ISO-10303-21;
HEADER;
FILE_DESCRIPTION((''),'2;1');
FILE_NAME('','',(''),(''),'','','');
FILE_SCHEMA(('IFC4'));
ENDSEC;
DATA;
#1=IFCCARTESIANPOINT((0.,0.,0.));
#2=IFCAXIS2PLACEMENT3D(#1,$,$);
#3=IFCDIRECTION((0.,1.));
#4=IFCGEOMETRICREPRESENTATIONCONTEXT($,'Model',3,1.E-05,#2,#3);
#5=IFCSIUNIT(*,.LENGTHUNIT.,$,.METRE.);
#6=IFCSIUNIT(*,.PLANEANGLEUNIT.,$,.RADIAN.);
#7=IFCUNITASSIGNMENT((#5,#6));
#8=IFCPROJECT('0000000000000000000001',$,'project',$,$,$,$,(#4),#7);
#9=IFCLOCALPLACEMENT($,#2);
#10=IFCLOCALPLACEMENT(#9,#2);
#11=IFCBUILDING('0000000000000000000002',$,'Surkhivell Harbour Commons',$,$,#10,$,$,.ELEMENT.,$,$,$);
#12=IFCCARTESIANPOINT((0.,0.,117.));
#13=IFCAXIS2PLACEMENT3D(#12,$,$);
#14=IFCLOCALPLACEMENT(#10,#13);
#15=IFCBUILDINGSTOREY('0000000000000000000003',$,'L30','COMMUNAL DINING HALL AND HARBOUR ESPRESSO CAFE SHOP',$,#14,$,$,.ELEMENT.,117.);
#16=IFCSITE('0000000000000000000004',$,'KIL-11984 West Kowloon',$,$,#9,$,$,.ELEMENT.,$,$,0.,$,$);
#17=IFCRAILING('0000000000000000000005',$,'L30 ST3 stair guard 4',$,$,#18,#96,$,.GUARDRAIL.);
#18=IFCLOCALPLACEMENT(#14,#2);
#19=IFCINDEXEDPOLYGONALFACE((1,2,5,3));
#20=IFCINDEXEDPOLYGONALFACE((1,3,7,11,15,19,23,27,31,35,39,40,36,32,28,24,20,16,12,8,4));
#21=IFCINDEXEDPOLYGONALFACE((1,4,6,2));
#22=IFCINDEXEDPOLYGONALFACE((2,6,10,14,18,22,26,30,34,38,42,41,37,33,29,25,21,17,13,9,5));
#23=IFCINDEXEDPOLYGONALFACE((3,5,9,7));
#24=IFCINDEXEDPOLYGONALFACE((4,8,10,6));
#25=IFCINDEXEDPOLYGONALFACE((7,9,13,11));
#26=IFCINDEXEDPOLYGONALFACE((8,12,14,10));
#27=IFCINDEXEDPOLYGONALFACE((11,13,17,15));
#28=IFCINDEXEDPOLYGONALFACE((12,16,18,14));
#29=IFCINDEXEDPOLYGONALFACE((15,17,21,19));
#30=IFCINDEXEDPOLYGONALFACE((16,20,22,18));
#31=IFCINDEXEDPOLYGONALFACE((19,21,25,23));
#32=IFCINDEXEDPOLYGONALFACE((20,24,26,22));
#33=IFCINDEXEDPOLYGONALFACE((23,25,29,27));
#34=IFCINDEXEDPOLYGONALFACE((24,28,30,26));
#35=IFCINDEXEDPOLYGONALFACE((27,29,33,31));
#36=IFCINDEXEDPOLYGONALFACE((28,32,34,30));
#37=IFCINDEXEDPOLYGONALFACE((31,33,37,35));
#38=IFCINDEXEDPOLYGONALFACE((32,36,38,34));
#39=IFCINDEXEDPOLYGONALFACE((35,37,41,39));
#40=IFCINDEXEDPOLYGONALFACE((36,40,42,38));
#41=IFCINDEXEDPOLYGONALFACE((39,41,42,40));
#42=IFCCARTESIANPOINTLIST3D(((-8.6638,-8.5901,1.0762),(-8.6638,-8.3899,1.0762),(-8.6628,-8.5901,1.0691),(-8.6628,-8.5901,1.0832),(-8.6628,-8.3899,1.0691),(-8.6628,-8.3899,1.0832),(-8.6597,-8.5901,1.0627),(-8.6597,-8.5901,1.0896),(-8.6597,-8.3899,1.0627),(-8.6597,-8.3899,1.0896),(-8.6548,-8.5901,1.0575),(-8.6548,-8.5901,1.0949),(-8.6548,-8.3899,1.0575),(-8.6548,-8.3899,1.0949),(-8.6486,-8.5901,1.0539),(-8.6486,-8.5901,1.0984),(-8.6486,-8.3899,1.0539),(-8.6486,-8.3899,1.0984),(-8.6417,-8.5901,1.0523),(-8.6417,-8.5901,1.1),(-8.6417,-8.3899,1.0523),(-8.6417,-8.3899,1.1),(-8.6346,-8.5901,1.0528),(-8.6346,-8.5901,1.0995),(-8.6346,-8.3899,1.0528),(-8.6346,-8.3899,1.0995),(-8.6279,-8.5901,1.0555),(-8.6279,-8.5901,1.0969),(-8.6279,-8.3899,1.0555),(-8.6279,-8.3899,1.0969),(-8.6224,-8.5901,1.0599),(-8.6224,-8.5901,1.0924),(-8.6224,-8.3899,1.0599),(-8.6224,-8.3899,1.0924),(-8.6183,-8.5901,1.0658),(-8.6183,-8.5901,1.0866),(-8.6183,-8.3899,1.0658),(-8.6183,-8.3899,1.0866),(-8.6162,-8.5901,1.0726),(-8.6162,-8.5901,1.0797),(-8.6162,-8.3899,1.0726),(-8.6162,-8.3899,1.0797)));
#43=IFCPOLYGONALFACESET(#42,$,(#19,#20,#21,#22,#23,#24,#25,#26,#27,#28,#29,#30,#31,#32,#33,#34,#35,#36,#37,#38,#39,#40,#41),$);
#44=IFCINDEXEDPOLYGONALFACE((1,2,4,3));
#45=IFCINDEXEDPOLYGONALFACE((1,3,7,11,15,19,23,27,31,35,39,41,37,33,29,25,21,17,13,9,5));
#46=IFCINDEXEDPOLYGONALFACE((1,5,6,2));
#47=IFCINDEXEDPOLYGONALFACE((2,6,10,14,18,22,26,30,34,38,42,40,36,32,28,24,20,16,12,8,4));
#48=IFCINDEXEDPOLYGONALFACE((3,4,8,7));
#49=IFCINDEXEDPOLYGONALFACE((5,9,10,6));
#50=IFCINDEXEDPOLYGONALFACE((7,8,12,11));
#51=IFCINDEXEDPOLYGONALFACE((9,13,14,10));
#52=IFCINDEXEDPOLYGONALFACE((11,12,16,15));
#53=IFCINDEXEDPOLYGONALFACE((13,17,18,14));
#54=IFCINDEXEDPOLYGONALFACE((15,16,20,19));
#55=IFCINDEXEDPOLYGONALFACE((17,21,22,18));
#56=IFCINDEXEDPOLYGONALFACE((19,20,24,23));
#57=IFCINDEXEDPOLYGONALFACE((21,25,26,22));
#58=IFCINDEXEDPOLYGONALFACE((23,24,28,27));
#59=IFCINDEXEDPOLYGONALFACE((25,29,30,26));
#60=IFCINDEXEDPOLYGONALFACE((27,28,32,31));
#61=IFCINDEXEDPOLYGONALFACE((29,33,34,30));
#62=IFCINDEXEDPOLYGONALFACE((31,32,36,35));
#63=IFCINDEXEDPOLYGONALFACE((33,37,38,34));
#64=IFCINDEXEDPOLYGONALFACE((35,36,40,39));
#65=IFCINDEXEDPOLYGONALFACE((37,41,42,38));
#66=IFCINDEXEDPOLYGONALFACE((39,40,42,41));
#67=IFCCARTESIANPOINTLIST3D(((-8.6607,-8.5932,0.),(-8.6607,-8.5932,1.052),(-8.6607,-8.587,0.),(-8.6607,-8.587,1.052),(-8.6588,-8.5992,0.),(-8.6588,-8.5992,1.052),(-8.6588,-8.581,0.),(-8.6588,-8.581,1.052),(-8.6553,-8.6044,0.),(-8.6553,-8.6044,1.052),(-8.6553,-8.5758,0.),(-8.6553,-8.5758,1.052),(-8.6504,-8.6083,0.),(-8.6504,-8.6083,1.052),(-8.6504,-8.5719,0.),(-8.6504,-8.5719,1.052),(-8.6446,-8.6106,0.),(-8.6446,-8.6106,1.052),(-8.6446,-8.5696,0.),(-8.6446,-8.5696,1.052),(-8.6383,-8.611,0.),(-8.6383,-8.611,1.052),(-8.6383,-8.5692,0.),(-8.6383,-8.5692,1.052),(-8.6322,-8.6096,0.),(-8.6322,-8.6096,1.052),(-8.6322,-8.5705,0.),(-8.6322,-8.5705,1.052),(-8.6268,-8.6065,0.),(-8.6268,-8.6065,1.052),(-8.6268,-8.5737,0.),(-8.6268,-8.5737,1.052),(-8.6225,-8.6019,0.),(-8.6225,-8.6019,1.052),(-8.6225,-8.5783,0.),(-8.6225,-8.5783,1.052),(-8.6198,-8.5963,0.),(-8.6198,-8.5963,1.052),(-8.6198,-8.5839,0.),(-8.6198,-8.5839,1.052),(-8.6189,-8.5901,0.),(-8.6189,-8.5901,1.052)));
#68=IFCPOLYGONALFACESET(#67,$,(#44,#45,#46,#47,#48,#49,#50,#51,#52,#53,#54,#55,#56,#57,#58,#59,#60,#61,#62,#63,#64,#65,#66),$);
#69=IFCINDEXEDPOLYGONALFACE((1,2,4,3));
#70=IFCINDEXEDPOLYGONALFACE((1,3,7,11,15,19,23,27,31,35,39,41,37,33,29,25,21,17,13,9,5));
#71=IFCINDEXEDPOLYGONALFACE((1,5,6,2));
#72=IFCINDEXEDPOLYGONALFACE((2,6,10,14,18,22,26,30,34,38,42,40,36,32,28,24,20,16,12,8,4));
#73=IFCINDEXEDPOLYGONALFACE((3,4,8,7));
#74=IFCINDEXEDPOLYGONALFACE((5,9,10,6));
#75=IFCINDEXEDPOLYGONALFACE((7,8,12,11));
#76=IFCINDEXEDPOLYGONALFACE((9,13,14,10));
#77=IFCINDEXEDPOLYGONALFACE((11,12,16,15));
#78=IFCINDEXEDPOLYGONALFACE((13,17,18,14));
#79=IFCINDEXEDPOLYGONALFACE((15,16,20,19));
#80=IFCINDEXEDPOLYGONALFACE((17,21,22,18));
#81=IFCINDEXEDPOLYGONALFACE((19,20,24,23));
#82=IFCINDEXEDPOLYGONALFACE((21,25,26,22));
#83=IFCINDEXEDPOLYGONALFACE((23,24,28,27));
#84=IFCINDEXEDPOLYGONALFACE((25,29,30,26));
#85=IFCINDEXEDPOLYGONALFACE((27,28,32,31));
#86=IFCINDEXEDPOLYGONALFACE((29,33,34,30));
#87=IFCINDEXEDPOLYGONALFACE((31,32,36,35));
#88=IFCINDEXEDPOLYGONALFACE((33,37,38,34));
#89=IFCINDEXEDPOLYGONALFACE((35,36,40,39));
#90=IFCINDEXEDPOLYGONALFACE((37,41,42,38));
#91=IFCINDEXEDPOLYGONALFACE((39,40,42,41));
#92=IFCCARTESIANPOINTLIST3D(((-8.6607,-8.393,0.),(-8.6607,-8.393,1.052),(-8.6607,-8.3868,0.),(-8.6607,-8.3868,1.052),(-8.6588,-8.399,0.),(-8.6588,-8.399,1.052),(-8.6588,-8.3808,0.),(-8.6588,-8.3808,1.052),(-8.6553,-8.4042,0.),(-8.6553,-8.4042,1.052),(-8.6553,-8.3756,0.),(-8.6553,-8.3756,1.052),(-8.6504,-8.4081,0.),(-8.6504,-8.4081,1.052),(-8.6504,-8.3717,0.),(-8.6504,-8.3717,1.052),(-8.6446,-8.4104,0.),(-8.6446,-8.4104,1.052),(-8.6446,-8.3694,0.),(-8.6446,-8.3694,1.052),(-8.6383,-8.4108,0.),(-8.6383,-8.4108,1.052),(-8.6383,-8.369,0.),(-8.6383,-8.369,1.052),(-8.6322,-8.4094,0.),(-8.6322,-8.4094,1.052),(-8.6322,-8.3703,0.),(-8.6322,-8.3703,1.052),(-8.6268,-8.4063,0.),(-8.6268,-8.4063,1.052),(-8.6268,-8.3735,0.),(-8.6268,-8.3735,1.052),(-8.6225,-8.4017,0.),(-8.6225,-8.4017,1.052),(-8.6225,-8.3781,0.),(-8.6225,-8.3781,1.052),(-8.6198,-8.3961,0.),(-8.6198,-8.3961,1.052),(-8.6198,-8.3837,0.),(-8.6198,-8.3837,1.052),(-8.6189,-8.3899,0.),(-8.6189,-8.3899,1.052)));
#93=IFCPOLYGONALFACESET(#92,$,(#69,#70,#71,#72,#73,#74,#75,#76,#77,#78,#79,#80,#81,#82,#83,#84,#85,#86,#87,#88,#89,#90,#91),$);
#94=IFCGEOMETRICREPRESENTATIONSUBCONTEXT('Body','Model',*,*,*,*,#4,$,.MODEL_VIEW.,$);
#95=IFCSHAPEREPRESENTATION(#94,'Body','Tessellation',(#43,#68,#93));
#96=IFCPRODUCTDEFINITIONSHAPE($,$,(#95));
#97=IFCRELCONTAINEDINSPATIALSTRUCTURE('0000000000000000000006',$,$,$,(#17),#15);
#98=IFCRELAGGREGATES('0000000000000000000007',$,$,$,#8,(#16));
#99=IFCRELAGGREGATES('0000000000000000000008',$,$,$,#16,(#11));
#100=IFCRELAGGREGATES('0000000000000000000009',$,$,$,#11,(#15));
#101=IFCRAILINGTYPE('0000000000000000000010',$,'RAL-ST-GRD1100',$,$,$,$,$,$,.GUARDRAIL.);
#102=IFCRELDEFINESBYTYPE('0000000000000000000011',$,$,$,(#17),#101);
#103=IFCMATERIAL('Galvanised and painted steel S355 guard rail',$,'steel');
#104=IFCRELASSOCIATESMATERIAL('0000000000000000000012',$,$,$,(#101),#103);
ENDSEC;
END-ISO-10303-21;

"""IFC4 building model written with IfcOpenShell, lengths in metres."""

from ifc_helpers import new_model, si_unit, direction, frame, origin, origin_2d, place, context, subcontext, project, spatial, circle, extrude, material, type_object, element, save


model = new_model("IFC4")

# Units and contexts
model_context = context("Model", 3, precision=1e-05, world=origin(), true_north=direction((0.0, 1.0)))
body_context = subcontext(model_context, "Body", "Model", "MODEL_VIEW")
ifc_project = project(units=[si_unit("LENGTHUNIT", "METRE"), si_unit("PLANEANGLEUNIT", "RADIAN")], contexts=[model_context])

# Site, building, storey
site_placement = place(None, origin())
site = spatial("IfcSite", under=ifc_project, at=site_placement, Name="KIL-11984 West Kowloon", CompositionType="ELEMENT", RefElevation=0.0)
building_placement = place(site_placement, origin())
building = spatial("IfcBuilding", under=site, at=building_placement, Name="Surkhivell Harbour Commons", CompositionType="ELEMENT")
storey_placement = place(building_placement, frame((0.0, 0.0, 117.0)))
storey = spatial("IfcBuildingStorey", under=building, at=storey_placement, Name="L30", Description="COMMUNAL DINING HALL AND HARBOUR ESPRESSO CAFE SHOP", CompositionType="ELEMENT", Elevation=117.0)

# Railing
ifc_material_1 = material(Name="Galvanised and painted steel S355 guard rail", Category="steel")
railing_type_1 = type_object("IfcRailingType", Name="RAL-ST-GRD1100", PredefinedType="GUARDRAIL", material=ifc_material_1)
railing_1_placement = place(storey_placement, frame((-8.6399, -8.5901, 0.0)))
element("IfcRailing", 1, at=railing_1_placement, inside=storey, type_object=railing_type_1, Name="L30 ST3 stair guard 4", PredefinedType="GUARDRAIL", context=body_context, shape_type="SweptSolid", body=[
    extrude(circle(Radius=0.0239, at=origin_2d()), frame((0.0, 0.0, 1.0762), z_axis=(0.0, 1.0, 0.0), x_axis=(-1.0, 0.0, 0.0)), (0.0, 0.0, 1.0), 0.2002),
    extrude(circle(Radius=0.021, at=origin_2d()), origin(), (0.0, 0.0, 1.0), 1.052),
    extrude(circle(Radius=0.021, at=origin_2d()), frame((0.0, 0.2002, 0.0)), (0.0, 0.0, 1.0), 1.052),
])

save(model, "model.ifc")
